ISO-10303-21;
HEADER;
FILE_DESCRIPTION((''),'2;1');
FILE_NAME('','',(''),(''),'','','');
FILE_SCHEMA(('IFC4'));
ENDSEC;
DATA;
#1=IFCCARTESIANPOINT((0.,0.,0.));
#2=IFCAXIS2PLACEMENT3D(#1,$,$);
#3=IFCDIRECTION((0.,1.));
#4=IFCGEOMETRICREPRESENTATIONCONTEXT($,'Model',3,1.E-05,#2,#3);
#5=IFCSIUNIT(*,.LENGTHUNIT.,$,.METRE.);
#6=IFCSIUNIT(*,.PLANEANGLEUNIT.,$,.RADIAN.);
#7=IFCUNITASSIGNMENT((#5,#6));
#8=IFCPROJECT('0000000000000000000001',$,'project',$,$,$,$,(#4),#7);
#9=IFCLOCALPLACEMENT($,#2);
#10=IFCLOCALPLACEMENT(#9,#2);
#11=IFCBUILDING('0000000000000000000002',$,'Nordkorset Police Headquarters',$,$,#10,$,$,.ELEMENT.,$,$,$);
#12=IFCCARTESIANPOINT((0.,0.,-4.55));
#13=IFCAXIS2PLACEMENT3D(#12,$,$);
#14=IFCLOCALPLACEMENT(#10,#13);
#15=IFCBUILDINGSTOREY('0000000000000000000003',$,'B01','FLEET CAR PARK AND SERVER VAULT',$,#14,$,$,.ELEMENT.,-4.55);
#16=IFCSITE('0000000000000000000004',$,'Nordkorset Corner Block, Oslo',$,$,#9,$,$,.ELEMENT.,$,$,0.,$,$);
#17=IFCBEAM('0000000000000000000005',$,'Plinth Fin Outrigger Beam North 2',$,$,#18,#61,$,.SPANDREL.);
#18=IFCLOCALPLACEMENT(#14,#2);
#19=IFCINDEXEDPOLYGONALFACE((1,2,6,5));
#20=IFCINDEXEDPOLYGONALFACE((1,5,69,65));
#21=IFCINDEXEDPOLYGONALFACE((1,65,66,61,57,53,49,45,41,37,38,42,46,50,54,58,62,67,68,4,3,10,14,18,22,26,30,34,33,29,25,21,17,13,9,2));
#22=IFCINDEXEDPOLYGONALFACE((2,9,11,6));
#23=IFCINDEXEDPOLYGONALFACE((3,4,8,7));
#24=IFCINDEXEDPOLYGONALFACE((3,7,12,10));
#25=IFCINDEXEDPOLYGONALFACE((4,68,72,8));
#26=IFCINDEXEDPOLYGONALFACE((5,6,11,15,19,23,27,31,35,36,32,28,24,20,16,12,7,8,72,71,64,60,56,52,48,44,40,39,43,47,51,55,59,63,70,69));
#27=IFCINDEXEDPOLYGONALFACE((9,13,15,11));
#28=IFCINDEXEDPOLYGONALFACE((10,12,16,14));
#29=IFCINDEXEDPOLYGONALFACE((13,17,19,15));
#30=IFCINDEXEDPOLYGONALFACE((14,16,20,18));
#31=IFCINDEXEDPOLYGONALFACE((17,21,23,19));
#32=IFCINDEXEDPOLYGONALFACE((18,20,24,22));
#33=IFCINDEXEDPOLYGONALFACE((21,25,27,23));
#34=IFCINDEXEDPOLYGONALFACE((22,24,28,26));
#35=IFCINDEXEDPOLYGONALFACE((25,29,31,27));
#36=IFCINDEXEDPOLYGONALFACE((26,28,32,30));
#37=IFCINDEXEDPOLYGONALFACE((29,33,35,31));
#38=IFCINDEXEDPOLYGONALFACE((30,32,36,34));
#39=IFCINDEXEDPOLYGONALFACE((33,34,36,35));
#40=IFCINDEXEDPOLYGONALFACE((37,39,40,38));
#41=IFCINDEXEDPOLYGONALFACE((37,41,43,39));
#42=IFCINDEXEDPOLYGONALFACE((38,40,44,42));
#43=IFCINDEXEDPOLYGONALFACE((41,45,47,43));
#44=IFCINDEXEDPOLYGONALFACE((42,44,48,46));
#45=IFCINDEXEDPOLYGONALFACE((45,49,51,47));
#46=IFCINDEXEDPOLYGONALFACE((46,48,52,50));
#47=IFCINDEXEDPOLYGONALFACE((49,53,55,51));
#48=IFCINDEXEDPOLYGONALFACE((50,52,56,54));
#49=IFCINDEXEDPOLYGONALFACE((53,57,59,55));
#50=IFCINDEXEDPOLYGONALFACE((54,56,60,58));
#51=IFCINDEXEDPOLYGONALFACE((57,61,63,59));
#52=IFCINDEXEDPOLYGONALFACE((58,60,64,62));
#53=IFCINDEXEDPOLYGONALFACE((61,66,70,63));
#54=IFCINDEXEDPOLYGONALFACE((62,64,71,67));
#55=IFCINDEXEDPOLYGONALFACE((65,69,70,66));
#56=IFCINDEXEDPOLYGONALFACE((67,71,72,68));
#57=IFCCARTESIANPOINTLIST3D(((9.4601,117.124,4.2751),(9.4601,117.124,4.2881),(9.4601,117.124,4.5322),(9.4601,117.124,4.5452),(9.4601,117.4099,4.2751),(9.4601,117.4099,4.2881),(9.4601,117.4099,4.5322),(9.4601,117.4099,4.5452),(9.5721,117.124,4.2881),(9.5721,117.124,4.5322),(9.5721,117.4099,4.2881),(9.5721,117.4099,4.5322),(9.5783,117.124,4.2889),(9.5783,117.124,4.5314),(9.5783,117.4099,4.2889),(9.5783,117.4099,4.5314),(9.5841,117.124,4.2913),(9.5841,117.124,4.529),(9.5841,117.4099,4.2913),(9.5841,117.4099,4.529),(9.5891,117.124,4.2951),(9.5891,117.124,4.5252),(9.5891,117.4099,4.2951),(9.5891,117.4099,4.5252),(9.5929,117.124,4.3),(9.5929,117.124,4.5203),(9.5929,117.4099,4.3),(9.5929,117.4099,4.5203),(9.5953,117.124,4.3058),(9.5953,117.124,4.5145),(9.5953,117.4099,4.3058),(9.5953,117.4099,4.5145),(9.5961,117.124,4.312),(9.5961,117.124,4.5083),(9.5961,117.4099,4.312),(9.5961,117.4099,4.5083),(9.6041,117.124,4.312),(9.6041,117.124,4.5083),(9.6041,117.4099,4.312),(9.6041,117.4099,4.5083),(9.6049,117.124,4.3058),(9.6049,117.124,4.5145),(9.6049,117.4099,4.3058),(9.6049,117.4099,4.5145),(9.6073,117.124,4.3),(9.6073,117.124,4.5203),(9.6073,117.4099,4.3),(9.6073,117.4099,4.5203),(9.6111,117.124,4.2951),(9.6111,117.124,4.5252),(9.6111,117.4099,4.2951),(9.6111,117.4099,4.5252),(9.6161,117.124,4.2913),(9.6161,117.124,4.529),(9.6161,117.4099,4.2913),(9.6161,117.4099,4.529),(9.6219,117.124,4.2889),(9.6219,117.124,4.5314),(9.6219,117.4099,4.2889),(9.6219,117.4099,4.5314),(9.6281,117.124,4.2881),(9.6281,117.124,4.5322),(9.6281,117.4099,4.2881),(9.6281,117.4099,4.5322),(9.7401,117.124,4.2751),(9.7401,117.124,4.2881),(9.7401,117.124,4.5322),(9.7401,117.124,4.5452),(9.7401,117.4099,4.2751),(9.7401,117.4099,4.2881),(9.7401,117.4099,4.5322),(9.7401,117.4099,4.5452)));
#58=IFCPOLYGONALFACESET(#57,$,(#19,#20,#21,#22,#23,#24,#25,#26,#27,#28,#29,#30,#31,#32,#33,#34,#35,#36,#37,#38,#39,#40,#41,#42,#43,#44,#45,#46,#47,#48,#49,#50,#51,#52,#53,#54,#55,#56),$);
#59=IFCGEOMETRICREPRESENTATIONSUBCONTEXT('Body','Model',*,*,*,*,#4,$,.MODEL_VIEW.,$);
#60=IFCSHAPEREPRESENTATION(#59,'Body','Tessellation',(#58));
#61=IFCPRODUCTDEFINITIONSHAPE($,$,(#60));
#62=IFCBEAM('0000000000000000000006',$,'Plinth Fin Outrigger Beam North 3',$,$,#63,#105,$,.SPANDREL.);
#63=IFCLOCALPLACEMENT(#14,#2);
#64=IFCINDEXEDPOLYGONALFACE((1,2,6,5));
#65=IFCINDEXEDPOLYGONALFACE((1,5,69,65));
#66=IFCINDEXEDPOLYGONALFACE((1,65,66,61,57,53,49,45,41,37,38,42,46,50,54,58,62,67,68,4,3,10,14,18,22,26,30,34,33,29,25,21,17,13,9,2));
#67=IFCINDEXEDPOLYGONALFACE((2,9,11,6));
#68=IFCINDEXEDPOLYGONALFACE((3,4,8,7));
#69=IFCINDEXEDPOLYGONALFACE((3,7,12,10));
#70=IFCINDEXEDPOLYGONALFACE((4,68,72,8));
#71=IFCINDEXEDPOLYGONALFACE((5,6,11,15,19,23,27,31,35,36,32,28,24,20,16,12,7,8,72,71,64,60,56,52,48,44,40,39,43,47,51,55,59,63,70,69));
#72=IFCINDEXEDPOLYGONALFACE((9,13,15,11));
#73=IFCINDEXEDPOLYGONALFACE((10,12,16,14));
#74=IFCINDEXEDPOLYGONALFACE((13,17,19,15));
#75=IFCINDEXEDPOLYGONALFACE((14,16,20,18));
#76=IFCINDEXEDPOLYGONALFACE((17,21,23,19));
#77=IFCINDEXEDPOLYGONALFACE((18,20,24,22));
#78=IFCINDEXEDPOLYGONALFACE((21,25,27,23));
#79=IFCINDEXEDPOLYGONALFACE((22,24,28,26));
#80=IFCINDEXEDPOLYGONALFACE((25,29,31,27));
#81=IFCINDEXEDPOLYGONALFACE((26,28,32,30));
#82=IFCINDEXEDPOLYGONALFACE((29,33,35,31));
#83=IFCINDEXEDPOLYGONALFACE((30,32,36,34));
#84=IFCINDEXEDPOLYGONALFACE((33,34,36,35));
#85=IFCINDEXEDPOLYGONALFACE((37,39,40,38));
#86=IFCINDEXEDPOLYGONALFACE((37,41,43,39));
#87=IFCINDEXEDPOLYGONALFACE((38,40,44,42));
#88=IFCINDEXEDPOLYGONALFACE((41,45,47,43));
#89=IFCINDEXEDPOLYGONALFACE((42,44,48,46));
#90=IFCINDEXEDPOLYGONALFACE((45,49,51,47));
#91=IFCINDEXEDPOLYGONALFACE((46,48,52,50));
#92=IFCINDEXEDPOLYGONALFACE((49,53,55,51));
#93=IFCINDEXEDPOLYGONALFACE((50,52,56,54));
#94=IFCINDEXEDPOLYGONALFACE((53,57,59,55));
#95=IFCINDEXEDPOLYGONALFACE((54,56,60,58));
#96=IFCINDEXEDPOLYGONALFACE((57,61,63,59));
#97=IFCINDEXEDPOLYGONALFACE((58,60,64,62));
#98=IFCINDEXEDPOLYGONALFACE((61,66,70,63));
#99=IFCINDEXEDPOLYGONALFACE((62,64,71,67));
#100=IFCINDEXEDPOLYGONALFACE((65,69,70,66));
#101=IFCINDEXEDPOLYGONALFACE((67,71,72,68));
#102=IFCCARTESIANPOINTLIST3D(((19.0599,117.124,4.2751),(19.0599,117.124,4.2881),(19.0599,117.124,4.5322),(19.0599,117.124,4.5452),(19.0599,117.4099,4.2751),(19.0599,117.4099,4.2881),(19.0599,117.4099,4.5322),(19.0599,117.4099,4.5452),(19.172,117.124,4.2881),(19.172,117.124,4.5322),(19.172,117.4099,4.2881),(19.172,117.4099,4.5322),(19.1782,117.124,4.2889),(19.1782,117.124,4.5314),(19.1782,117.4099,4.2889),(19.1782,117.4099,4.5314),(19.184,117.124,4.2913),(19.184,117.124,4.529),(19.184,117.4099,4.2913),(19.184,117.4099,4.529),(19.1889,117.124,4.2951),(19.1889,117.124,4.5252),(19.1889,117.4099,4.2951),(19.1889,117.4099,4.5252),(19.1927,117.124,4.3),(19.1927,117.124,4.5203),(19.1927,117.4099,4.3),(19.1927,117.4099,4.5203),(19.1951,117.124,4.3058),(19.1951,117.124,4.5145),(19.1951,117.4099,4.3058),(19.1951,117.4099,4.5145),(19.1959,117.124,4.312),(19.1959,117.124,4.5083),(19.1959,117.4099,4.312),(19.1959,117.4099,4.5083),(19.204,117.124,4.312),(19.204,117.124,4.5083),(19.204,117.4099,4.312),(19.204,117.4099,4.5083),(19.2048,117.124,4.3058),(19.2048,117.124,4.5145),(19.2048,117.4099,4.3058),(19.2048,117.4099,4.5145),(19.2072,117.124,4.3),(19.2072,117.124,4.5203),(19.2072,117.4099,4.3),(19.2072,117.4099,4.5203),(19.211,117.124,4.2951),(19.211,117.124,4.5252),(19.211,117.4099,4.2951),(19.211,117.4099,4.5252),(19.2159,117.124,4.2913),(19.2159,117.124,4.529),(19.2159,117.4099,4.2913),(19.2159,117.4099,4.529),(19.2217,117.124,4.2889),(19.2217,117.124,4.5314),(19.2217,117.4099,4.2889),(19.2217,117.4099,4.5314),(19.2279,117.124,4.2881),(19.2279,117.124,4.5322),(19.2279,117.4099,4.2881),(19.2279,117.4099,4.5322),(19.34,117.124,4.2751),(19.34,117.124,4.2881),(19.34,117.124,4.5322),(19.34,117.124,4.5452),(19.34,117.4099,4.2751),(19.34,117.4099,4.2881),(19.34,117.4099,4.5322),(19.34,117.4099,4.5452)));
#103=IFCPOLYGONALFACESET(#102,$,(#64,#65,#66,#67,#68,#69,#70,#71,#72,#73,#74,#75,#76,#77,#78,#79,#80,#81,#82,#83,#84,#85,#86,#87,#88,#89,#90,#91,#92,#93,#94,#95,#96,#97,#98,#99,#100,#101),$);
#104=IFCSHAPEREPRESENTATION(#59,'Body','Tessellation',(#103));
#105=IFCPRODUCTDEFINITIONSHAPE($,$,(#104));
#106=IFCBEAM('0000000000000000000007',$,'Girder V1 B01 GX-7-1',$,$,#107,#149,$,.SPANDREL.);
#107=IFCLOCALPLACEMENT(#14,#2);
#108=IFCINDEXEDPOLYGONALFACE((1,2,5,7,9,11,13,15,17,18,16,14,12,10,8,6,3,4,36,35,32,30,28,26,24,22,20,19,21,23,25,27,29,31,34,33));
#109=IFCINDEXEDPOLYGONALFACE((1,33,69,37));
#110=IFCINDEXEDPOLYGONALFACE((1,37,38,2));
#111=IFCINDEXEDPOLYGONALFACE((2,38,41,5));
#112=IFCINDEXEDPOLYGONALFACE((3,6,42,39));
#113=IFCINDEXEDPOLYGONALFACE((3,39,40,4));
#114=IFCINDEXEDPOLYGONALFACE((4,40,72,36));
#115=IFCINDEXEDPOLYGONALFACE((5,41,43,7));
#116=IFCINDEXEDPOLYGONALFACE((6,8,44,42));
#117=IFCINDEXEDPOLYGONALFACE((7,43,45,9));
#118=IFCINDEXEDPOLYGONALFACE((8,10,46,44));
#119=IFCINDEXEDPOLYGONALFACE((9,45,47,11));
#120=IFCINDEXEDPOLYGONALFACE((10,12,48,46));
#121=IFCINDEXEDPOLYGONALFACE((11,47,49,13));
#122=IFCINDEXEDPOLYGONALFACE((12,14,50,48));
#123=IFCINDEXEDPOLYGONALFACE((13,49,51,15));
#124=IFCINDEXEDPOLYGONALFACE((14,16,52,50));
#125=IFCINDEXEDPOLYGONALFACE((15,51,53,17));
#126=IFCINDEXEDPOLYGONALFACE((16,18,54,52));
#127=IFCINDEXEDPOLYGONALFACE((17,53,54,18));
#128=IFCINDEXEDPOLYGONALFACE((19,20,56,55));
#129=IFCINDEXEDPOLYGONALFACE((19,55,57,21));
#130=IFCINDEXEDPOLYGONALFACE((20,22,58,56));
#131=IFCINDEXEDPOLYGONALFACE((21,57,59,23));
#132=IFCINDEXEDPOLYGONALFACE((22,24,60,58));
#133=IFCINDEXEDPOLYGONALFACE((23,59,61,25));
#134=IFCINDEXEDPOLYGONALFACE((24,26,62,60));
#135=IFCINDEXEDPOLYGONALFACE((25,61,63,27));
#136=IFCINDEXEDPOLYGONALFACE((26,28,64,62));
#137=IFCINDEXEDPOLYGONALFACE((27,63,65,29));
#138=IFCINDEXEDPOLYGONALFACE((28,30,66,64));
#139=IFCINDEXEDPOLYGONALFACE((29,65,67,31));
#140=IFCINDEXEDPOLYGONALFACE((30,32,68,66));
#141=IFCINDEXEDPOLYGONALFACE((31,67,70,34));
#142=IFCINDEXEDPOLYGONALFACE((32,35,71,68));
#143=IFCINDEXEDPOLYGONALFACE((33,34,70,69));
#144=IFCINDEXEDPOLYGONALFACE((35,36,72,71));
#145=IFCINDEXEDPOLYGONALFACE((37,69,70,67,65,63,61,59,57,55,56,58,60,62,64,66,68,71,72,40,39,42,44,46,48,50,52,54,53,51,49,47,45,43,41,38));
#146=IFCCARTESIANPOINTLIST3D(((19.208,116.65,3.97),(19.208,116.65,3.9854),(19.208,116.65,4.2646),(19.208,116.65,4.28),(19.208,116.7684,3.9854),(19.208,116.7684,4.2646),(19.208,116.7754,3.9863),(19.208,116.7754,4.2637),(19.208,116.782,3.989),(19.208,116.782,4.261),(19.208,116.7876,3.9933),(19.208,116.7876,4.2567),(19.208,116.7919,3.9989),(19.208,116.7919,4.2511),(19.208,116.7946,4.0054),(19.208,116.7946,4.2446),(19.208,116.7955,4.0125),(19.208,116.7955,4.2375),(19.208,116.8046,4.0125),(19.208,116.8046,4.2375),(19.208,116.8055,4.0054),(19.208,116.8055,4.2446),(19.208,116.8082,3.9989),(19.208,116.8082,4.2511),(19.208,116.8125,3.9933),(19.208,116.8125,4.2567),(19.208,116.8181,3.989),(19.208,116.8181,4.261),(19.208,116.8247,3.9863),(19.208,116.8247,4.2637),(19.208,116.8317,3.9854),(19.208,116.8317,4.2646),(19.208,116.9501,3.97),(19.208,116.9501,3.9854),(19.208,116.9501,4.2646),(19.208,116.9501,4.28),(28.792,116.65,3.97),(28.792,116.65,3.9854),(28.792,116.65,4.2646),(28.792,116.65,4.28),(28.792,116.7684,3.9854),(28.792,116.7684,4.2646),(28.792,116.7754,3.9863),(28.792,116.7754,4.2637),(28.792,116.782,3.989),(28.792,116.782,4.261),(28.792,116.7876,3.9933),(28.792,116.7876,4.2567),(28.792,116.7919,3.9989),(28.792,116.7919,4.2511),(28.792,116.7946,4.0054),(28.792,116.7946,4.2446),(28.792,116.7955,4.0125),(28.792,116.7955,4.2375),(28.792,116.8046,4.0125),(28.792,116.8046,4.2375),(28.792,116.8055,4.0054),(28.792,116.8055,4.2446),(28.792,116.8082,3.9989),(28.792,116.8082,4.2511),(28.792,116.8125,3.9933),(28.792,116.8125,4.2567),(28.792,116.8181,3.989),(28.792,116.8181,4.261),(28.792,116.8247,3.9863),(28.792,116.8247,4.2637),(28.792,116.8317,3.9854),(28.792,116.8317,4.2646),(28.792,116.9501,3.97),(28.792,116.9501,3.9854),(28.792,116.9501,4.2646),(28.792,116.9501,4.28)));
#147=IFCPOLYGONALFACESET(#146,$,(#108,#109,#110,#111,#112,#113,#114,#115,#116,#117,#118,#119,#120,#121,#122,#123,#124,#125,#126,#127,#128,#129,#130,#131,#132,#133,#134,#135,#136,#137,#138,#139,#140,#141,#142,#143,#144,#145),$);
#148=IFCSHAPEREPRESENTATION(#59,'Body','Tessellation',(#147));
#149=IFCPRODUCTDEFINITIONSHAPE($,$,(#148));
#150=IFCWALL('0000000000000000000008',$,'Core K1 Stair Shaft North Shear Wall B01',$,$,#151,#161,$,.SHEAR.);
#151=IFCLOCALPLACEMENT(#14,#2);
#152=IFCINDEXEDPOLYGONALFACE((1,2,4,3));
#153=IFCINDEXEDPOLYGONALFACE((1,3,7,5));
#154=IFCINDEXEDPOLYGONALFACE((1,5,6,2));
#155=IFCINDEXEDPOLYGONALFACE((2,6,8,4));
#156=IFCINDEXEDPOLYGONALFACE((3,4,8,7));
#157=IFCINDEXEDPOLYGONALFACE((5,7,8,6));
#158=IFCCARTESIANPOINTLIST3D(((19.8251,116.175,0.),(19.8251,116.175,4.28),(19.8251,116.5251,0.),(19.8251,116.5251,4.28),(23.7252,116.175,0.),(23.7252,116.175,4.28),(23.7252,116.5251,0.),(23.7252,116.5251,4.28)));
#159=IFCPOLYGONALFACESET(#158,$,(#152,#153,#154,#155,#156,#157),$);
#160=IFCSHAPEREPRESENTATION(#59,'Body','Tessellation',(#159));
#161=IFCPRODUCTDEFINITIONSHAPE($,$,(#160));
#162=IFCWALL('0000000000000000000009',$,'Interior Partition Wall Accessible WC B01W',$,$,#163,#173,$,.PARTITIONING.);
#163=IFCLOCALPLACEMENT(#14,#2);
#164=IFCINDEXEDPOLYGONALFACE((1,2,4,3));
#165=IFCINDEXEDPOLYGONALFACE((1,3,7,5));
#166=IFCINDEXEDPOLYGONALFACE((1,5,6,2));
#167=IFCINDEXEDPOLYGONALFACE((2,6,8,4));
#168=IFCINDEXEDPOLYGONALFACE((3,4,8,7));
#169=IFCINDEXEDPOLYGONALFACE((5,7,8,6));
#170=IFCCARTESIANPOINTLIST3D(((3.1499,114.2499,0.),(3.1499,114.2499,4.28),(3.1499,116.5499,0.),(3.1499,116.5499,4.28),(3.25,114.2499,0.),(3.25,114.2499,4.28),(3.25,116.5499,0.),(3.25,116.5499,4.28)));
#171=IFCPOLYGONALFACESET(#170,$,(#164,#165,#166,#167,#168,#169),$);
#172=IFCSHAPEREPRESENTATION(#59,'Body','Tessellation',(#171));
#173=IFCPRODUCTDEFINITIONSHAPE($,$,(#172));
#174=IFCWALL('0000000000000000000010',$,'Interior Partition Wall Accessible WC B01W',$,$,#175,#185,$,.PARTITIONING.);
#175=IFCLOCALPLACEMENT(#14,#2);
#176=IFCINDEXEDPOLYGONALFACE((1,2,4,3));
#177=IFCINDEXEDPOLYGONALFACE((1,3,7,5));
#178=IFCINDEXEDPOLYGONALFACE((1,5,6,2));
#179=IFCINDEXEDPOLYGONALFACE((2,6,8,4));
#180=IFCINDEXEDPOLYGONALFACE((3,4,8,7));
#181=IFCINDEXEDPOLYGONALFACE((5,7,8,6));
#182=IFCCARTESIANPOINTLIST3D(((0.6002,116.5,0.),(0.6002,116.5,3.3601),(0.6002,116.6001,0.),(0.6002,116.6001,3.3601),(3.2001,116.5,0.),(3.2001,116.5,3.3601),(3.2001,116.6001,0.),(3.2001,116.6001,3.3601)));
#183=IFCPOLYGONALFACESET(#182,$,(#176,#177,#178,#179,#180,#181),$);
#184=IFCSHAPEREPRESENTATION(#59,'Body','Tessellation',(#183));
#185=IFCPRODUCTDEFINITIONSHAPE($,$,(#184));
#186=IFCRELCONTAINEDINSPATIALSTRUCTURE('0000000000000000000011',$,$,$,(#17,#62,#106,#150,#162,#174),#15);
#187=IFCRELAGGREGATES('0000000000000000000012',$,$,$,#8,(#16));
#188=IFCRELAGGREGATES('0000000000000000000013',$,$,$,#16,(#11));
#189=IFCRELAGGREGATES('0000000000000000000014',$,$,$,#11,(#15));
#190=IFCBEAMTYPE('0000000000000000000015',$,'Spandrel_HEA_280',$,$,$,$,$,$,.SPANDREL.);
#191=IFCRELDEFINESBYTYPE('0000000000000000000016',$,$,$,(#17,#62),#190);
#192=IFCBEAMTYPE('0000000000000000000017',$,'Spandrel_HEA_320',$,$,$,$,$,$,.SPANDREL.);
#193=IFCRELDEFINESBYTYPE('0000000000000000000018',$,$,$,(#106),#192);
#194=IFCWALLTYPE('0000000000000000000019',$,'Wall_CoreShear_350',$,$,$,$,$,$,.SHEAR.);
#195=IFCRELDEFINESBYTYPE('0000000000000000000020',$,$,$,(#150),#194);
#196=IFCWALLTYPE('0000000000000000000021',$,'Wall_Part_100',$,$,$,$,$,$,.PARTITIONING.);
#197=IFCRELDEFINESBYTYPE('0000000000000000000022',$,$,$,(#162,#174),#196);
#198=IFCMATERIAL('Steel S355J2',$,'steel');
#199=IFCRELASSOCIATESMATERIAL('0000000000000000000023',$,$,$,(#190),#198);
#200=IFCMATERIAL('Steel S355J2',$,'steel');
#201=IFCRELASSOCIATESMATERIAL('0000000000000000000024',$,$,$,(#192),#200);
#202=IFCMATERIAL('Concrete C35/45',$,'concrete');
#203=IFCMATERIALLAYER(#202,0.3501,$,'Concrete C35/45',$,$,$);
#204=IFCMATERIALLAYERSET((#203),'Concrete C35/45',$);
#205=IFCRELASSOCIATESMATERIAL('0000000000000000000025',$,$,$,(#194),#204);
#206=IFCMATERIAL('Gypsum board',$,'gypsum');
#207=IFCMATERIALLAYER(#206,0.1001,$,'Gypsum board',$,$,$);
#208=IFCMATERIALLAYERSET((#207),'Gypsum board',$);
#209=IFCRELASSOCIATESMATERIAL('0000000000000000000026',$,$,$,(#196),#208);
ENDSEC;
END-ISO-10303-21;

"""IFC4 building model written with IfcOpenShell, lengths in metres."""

from ifc_helpers import new_model, si_unit, direction, frame, frame_2d, origin, origin_2d, place, context, subcontext, project, spatial, rectangle, i_section, extrude, material, layer, layer_set, material_profile, profile_set, type_object, element, save


model = new_model("IFC4")

# Units and contexts
model_context = context("Model", 3, precision=1e-05, world=origin(), true_north=direction((0.0, 1.0)))
body_context = subcontext(model_context, "Body", "Model", "MODEL_VIEW")
ifc_project = project(units=[si_unit("LENGTHUNIT", "METRE"), si_unit("PLANEANGLEUNIT", "RADIAN")], contexts=[model_context])

# Site, building, storey
site_placement = place(None, origin())
site = spatial("IfcSite", under=ifc_project, at=site_placement, Name="Nordkorset Corner Block, Oslo", CompositionType="ELEMENT", RefElevation=0.0)
building_placement = place(site_placement, origin())
building = spatial("IfcBuilding", under=site, at=building_placement, Name="Nordkorset Police Headquarters", CompositionType="ELEMENT")
storey_placement = place(building_placement, frame((0.0, 0.0, -4.55)))
storey = spatial("IfcBuildingStorey", under=building, at=storey_placement, Name="B01", Description="FLEET CAR PARK AND SERVER VAULT", CompositionType="ELEMENT", Elevation=-4.55)

# Beams
ifc_material_1 = material(Name="Steel S355J2", Category="steel")
ifc_material_profile_1 = material_profile(ifc_material_1, i_section(OverallWidth=0.28, OverallDepth=0.27, WebThickness=0.0081, FlangeThickness=0.0129, FilletRadius=0.0239, at=origin_2d()), Name="HEA 280")
ifc_profile_set_1 = profile_set([ifc_material_profile_1], Name="Steel S355J2")
beam_type_1 = type_object("IfcBeamType", Name="Spandrel_HEA_280", PredefinedType="SPANDREL", material=ifc_profile_set_1)
for number, where, z_axis, x_axis, name in (
    (1, (9.6001, 117.124, 4.4102), (0.0, 1.0, 0.0), (-1.0, 0.0, 0.0), "Plinth Fin Outrigger Beam North 2"),
    (2, (19.2, 117.124, 4.4102), (0.0, 1.0, 0.0), (-1.0, 0.0, 0.0), "Plinth Fin Outrigger Beam North 3"),
):
    element("IfcBeam", number, at=place(storey_placement, frame(where, z_axis=z_axis, x_axis=x_axis)), inside=storey, type_object=beam_type_1, Name=name, PredefinedType="SPANDREL", context=body_context, shape_type="SweptSolid", body=[
        extrude(i_section(OverallWidth=0.28, OverallDepth=0.27, WebThickness=0.0081, FlangeThickness=0.0129, FilletRadius=0.0239, at=origin_2d()), origin(), (0.0, 0.0, 1.0), 0.2859),
    ])
ifc_material_2 = material(Name="Steel S355J2", Category="steel")
ifc_material_profile_2 = material_profile(ifc_material_2, i_section(OverallWidth=0.3, OverallDepth=0.3101, WebThickness=0.009, FlangeThickness=0.0154, FilletRadius=0.0271, at=origin_2d()), Name="HEA 320")
ifc_profile_set_2 = profile_set([ifc_material_profile_2], Name="Steel S355J2")
beam_type_2 = type_object("IfcBeamType", Name="Spandrel_HEA_320", PredefinedType="SPANDREL", material=ifc_profile_set_2)
beam_1_placement = place(storey_placement, frame((19.208, 116.8, 4.125), z_axis=(1.0, 0.0, 0.0), x_axis=(0.0, 1.0, 0.0)))
element("IfcBeam", 3, at=beam_1_placement, inside=storey, type_object=beam_type_2, Name="Girder V1 B01 GX-7-1", PredefinedType="SPANDREL", context=body_context, shape_type="SweptSolid", body=[
    extrude(i_section(OverallWidth=0.3, OverallDepth=0.3101, WebThickness=0.009, FlangeThickness=0.0154, FilletRadius=0.0271, at=origin_2d()), origin(), (0.0, 0.0, 1.0), 9.584),
])

# Shared definitions
ifc_material_3 = material(Name="Concrete C35/45", Category="concrete")
ifc_layer_1 = layer(ifc_material_3, 0.3501, Name="Concrete C35/45")
ifc_layer_set_1 = layer_set([ifc_layer_1], Name="Concrete C35/45")
wall_type_1 = type_object("IfcWallType", Name="Wall_CoreShear_350", PredefinedType="SHEAR", material=ifc_layer_set_1)

# Walls
wall_1_placement = place(storey_placement, frame((19.825, 116.3501, 0.0), z_axis=(0.0, 0.0, 1.0), x_axis=(1.0, 0.0, 0.0)))
element("IfcWall", 4, at=wall_1_placement, inside=storey, type_object=wall_type_1, Name="Core K1 Stair Shaft North Shear Wall B01", PredefinedType="SHEAR", context=body_context, shape_type="SweptSolid", body=[
    extrude(rectangle(XDim=3.9001, YDim=0.3501, at=frame_2d((1.9502, 0.0))), origin(), (0.0, 0.0, 1.0), 4.28),
])
ifc_material_4 = material(Name="Gypsum board", Category="gypsum")
ifc_layer_2 = layer(ifc_material_4, 0.1001, Name="Gypsum board")
ifc_layer_set_2 = layer_set([ifc_layer_2], Name="Gypsum board")
wall_type_2 = type_object("IfcWallType", Name="Wall_Part_100", PredefinedType="PARTITIONING", material=ifc_layer_set_2)
wall_2_placement = place(storey_placement, frame((3.2, 114.25, 0.0), z_axis=(0.0, 0.0, 1.0), x_axis=(0.0, 1.0, 0.0)))
element("IfcWall", 5, at=wall_2_placement, inside=storey, type_object=wall_type_2, Name="Interior Partition Wall Accessible WC B01W", PredefinedType="PARTITIONING", context=body_context, shape_type="SweptSolid", body=[
    extrude(rectangle(XDim=2.3, YDim=0.1001, at=frame_2d((1.1499, 0.0))), origin(), (0.0, 0.0, 1.0), 4.28),
])
wall_3_placement = place(storey_placement, frame((3.2, 116.55, 0.0), z_axis=(0.0, 0.0, 1.0), x_axis=(-1.0, 0.0, 0.0)))
element("IfcWall", 6, at=wall_3_placement, inside=storey, type_object=wall_type_2, Name="Interior Partition Wall Accessible WC B01W", PredefinedType="PARTITIONING", context=body_context, shape_type="SweptSolid", body=[
    extrude(rectangle(XDim=2.5999, YDim=0.1001, at=frame_2d((1.2998, 0.0))), origin(), (0.0, 0.0, 1.0), 3.3601),
])

save(model, "model.ifc")
